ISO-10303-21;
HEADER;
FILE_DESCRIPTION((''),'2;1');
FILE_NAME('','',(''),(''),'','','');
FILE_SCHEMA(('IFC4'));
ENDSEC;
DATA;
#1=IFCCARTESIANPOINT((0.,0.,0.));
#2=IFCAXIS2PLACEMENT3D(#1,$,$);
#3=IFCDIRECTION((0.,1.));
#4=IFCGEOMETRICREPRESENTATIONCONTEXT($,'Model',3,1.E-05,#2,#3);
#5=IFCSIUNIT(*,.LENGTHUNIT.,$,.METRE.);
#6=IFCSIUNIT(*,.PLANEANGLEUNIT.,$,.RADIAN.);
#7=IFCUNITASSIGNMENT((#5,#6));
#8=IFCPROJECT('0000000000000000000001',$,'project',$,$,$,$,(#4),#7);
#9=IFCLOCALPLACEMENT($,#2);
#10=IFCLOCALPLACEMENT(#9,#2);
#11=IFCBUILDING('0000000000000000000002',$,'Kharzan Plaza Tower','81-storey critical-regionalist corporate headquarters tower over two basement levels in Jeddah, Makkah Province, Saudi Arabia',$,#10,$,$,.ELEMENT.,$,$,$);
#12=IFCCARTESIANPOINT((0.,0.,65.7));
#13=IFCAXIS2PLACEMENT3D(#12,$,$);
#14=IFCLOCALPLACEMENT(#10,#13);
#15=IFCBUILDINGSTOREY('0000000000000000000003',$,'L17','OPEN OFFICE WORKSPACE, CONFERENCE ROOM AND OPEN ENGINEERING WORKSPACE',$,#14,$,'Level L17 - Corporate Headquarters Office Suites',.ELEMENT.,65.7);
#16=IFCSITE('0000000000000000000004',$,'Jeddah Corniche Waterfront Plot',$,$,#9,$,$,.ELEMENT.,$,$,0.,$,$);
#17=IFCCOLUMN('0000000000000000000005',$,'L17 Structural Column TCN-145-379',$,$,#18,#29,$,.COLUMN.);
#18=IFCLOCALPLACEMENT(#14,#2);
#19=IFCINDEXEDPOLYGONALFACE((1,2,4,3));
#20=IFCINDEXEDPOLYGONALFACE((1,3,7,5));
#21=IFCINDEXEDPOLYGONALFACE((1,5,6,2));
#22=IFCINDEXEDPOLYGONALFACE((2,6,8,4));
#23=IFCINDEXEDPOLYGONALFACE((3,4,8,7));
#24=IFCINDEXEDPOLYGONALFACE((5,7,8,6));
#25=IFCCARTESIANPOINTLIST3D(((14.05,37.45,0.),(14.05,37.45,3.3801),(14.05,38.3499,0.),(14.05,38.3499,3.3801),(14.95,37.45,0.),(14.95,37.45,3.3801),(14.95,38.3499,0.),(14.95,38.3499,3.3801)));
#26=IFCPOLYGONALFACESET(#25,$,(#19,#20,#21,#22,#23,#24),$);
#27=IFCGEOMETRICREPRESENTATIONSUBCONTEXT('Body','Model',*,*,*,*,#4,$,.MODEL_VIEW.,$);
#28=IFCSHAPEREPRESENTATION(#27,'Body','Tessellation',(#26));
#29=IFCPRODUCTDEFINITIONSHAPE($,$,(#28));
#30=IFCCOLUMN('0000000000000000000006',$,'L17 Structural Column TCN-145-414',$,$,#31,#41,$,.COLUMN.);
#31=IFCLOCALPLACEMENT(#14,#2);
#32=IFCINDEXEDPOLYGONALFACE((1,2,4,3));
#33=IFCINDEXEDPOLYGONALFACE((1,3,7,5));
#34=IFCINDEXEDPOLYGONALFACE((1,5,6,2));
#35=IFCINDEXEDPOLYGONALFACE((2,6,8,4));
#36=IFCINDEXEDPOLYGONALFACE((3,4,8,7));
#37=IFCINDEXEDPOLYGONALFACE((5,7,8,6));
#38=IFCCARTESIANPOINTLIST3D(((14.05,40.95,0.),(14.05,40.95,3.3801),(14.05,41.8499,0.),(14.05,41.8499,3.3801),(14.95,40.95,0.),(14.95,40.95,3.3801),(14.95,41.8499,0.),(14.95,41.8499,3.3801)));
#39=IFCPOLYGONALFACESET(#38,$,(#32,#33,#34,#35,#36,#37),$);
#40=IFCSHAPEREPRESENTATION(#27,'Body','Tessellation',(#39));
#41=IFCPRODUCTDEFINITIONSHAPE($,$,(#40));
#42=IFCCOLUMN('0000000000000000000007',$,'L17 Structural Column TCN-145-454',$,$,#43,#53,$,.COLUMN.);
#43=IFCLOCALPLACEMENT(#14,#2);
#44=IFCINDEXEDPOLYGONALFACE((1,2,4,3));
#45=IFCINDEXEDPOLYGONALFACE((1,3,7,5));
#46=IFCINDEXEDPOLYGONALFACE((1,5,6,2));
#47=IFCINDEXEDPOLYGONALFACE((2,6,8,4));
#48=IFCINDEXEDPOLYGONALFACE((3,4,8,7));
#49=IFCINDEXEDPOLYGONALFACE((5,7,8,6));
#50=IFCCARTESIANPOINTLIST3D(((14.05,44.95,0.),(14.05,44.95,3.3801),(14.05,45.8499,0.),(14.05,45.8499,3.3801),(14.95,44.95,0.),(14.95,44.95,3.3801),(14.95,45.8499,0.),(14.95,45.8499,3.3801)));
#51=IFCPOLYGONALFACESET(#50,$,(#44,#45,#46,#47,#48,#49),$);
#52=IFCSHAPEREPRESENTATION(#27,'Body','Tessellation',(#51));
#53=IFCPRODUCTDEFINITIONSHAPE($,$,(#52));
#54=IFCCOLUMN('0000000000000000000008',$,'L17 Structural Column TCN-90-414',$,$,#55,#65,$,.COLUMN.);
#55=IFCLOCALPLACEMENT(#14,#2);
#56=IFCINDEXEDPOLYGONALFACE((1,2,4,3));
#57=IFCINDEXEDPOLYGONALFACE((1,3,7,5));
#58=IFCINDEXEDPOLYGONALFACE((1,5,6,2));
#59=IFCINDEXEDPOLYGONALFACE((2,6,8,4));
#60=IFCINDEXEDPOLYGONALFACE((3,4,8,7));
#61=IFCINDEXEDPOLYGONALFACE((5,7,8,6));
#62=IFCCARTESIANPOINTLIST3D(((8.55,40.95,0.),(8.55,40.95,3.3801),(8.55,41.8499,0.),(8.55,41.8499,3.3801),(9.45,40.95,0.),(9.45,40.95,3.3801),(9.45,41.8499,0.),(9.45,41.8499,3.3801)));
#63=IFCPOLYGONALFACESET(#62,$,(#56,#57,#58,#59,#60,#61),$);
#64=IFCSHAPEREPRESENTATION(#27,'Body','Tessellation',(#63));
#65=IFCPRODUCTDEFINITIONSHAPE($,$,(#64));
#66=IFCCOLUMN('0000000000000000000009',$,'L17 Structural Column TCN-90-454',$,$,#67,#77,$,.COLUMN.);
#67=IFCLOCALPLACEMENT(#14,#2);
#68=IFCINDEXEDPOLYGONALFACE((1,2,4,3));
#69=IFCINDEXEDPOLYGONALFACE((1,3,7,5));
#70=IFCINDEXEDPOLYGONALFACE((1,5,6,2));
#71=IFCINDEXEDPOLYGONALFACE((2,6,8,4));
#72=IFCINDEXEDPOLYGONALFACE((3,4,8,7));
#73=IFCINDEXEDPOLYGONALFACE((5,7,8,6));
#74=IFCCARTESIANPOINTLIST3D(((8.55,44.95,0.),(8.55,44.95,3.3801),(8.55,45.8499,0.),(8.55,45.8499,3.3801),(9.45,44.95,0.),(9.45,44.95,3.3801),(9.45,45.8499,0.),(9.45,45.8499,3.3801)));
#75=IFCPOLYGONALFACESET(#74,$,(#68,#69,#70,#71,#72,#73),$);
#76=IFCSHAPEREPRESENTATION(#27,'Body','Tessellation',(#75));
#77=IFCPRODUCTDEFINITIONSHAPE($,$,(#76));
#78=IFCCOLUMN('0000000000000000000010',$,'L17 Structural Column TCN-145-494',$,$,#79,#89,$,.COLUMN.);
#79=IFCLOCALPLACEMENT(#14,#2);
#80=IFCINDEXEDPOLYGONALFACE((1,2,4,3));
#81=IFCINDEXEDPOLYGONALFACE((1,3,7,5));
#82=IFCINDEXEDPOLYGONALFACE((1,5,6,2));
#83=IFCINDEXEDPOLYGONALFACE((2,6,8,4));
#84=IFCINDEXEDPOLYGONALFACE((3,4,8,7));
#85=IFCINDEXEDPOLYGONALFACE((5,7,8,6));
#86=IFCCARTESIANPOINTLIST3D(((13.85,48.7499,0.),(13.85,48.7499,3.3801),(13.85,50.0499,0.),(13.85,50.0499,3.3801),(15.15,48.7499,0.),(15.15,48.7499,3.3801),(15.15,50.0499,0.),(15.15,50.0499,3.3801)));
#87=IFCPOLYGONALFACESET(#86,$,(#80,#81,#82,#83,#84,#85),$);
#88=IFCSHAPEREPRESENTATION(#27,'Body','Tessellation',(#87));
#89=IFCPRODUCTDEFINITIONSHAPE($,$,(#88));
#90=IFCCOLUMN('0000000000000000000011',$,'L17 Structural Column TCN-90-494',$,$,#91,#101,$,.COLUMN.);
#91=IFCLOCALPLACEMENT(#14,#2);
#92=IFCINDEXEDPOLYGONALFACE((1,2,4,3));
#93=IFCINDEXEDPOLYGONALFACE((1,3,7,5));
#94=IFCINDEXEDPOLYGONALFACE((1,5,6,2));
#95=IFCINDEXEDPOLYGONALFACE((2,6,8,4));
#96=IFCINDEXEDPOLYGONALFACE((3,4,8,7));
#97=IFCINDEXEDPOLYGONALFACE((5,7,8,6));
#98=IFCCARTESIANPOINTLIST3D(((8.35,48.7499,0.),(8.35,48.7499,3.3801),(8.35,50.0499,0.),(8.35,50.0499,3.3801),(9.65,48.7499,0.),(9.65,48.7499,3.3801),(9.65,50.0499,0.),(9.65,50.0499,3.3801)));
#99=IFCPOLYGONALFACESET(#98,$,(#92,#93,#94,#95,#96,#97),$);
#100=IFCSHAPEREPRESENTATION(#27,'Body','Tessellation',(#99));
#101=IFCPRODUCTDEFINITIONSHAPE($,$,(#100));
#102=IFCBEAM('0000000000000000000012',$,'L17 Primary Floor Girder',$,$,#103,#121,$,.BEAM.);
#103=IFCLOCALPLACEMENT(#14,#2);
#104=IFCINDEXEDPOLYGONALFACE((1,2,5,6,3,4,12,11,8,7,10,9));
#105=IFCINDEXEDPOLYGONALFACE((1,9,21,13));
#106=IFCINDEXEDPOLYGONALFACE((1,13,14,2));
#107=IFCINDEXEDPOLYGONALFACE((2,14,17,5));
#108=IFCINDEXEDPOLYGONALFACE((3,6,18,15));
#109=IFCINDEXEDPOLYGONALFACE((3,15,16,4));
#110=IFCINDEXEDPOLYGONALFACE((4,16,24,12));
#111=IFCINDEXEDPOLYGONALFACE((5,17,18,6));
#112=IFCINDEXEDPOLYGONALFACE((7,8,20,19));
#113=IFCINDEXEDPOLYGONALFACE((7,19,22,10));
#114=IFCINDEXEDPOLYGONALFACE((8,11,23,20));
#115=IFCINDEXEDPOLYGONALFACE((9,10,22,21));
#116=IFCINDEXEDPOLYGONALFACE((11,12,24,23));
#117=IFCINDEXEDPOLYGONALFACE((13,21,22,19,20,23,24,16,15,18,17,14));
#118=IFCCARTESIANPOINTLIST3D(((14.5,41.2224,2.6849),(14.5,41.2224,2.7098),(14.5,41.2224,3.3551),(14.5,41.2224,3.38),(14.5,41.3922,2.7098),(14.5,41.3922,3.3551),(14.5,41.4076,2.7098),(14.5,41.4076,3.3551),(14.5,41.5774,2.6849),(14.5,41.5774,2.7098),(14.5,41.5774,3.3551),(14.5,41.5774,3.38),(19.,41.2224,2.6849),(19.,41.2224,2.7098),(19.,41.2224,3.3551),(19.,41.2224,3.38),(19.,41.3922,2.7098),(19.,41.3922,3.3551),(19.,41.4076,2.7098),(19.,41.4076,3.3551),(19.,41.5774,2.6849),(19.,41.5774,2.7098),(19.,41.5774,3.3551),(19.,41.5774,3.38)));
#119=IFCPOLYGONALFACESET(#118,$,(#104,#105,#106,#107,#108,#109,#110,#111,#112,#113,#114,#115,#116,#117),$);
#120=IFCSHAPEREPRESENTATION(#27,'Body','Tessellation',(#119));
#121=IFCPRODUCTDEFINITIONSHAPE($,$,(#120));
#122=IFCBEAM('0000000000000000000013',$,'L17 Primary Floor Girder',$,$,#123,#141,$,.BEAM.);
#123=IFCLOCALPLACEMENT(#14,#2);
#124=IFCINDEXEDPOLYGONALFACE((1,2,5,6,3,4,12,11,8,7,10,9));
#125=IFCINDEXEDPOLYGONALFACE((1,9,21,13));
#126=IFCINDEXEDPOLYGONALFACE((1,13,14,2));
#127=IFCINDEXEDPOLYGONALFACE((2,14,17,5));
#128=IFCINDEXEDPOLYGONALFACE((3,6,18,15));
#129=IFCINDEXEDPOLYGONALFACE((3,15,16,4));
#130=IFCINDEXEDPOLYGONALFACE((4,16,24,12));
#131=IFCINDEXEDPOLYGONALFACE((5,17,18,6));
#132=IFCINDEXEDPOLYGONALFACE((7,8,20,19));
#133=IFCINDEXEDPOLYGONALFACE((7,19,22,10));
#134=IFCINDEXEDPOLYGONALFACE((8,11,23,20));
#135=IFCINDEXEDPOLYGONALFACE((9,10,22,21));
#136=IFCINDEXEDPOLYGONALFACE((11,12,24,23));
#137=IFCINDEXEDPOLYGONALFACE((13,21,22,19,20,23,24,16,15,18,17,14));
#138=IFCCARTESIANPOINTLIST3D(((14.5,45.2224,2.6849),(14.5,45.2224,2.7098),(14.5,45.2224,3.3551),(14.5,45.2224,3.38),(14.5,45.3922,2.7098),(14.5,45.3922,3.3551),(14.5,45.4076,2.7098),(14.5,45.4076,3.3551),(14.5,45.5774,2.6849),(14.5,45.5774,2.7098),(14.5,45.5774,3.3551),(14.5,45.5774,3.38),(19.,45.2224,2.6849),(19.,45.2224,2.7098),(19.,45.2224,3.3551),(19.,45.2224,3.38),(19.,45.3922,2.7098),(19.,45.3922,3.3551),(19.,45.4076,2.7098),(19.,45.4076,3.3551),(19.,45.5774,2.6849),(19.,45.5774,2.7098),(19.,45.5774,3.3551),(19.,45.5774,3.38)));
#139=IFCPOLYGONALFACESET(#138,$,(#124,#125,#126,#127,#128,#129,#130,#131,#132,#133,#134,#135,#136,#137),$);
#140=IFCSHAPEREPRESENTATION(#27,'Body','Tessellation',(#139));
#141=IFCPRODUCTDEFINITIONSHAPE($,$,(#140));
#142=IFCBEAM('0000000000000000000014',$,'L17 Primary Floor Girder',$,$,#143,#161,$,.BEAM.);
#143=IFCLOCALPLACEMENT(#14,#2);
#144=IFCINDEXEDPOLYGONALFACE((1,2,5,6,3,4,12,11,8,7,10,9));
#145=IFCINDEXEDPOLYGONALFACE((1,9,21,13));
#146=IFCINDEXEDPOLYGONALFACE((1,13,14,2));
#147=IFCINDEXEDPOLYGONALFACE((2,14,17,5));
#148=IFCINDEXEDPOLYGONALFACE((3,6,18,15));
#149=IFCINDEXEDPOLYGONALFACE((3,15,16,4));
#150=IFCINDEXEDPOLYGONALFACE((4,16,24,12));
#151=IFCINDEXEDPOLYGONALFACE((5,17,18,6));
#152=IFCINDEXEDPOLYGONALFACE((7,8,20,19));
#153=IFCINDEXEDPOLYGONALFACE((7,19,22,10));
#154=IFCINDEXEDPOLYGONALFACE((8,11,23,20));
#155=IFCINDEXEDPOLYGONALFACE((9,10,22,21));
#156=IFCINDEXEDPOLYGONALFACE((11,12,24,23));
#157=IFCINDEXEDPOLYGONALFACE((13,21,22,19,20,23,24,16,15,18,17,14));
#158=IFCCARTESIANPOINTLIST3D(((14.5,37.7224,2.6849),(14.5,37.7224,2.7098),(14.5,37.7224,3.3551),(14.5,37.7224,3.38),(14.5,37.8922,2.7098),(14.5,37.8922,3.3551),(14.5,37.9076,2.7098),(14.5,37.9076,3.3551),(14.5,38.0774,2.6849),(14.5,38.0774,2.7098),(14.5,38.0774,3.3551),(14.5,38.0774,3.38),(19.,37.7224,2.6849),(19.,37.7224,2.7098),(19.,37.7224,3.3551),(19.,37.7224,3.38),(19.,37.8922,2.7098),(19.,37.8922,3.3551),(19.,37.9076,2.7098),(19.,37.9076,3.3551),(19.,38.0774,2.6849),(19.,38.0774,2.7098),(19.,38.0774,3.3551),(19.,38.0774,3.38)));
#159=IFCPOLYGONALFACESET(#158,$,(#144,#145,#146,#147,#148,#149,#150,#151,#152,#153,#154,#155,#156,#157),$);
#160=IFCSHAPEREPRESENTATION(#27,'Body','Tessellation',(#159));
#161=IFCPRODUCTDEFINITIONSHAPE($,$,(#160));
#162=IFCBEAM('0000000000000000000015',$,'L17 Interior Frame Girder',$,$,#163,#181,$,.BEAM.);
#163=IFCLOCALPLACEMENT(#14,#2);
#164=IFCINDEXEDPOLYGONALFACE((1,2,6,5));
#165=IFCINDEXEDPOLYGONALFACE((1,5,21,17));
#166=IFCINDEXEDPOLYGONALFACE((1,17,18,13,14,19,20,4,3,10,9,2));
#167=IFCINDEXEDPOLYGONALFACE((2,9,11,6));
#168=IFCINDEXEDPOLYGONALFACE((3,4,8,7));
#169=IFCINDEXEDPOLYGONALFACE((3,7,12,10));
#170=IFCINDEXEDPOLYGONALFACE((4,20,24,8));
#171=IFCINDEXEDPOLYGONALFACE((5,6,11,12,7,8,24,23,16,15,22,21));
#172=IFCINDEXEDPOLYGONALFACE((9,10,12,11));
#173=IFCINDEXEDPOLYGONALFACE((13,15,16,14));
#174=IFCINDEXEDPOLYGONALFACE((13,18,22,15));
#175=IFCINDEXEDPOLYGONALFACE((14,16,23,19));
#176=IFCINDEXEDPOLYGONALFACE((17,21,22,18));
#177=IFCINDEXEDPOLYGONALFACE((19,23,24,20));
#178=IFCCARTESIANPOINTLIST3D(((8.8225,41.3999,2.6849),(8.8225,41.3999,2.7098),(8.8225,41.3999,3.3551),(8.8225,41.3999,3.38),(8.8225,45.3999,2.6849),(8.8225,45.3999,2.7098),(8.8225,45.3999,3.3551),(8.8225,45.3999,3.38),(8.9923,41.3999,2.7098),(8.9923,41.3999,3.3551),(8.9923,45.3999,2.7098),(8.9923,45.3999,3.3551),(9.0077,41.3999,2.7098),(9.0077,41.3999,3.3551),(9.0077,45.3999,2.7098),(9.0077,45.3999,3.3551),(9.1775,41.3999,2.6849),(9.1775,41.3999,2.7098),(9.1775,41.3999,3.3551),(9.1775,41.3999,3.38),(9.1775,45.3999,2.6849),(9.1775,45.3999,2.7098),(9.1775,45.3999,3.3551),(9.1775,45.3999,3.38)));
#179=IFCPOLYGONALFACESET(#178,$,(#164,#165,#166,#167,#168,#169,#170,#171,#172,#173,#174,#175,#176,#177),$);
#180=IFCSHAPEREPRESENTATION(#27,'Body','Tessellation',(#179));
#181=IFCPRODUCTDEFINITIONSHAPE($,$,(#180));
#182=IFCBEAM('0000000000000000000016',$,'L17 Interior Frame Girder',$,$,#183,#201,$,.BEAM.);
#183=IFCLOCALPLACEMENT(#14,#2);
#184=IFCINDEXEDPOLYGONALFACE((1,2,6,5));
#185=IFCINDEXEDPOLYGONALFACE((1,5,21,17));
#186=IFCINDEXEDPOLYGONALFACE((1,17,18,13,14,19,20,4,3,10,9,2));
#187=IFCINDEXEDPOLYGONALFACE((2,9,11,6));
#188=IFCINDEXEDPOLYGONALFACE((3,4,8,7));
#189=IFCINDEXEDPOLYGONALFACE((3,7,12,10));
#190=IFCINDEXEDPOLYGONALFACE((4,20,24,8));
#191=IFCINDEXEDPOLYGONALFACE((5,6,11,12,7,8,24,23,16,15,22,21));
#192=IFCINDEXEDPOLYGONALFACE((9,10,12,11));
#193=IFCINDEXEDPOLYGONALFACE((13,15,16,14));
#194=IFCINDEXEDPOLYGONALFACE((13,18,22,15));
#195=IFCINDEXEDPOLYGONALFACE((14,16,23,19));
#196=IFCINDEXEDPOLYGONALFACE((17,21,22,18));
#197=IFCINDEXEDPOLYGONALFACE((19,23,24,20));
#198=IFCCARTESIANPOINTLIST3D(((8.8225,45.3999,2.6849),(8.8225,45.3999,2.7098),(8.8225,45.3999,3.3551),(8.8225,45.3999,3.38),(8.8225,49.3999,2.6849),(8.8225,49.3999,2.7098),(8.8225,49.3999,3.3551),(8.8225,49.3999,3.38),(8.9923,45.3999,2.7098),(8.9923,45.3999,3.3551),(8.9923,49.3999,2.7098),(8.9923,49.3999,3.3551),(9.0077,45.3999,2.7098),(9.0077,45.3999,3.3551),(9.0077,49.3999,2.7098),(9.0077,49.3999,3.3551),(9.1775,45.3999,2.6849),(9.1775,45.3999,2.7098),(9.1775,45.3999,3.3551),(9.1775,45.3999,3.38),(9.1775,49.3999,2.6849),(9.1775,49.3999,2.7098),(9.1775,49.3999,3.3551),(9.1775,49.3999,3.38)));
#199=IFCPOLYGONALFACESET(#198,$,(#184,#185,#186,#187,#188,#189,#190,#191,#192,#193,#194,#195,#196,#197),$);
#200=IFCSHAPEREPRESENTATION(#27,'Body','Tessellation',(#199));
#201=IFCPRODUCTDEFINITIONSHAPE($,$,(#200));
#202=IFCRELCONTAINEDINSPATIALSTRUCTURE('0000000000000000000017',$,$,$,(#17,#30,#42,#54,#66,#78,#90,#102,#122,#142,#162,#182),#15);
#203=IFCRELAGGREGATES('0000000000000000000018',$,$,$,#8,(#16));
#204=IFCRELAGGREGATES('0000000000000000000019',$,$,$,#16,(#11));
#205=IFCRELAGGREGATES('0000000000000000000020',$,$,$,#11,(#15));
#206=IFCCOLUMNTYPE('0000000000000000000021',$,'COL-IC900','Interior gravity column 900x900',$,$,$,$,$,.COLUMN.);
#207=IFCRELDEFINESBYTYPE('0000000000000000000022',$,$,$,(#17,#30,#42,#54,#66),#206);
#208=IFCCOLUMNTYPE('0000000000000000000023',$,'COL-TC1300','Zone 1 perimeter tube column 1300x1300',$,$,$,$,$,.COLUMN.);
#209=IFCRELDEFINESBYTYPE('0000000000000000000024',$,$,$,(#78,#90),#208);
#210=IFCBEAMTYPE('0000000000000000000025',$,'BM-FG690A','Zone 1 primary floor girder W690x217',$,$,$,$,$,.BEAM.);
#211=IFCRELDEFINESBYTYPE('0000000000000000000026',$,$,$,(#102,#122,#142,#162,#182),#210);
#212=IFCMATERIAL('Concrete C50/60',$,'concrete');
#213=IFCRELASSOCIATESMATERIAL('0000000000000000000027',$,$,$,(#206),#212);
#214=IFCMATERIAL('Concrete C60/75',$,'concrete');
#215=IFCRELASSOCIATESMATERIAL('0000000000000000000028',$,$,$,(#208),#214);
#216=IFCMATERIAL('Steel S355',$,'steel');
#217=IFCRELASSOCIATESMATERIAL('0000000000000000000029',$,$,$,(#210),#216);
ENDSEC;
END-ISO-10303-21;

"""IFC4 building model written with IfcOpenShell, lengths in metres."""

from ifc_helpers import new_model, si_unit, direction, frame, origin, origin_2d, place, context, subcontext, project, spatial, rectangle, i_section, extrude, source, transform, mapped, material, material_profile, profile_set, type_object, element, save


model = new_model("IFC4")

# Units and contexts
model_context = context("Model", 3, precision=1e-05, world=origin(), true_north=direction((0.0, 1.0)))
body_context = subcontext(model_context, "Body", "Model", "MODEL_VIEW")
ifc_project = project(units=[si_unit("LENGTHUNIT", "METRE"), si_unit("PLANEANGLEUNIT", "RADIAN")], contexts=[model_context])

# Site, building, storey
site_placement = place(None, origin())
site = spatial("IfcSite", under=ifc_project, at=site_placement, Name="Jeddah Corniche Waterfront Plot", CompositionType="ELEMENT", RefElevation=0.0)
building_placement = place(site_placement, origin())
building = spatial("IfcBuilding", under=site, at=building_placement, Name="Kharzan Plaza Tower", Description="81-storey critical-regionalist corporate headquarters tower over two basement levels in Jeddah, Makkah Province, Saudi Arabia", CompositionType="ELEMENT")
storey_placement = place(building_placement, frame((0.0, 0.0, 65.7)))
storey = spatial("IfcBuildingStorey", under=building, at=storey_placement, Name="L17", Description="OPEN OFFICE WORKSPACE, CONFERENCE ROOM AND OPEN ENGINEERING WORKSPACE", LongName="Level L17 - Corporate Headquarters Office Suites", CompositionType="ELEMENT", Elevation=65.7)

# Columns
ifc_material_1 = material(Name="Concrete C50/60", Category="concrete")
ifc_material_profile_1 = material_profile(ifc_material_1, rectangle(XDim=0.8999, YDim=0.8999, at=origin_2d()), Name="RC-IC900x900")
ifc_profile_set_1 = profile_set([ifc_material_profile_1], Name="Concrete C50/60")
column_type_1 = type_object("IfcColumnType", Name="COL-IC900", Description="Interior gravity column 900x900", PredefinedType="COLUMN", material=ifc_profile_set_1)
shared_shape_1 = source(origin(), body_context, "Body", "SweptSolid", [
    extrude(rectangle(XDim=0.8999, YDim=0.8999, at=origin_2d()), origin(), (0.0, 0.0, 1.0), 3.3801),
])
for number, where, z_axis, x_axis, name in (
    (1, (14.5, 37.8999, 0.0), (0.0, 0.0, 1.0), (1.0, 0.0, 0.0), "L17 Structural Column TCN-145-379"),
    (2, (14.5, 41.3999, 0.0), (0.0, 0.0, 1.0), (1.0, 0.0, 0.0), "L17 Structural Column TCN-145-414"),
    (3, (14.5, 45.3999, 0.0), (0.0, 0.0, 1.0), (1.0, 0.0, 0.0), "L17 Structural Column TCN-145-454"),
    (4, (9.0, 41.3999, 0.0), (0.0, 0.0, 1.0), (1.0, 0.0, 0.0), "L17 Structural Column TCN-90-414"),
    (5, (9.0, 45.3999, 0.0), (0.0, 0.0, 1.0), (1.0, 0.0, 0.0), "L17 Structural Column TCN-90-454"),
):
    element("IfcColumn", number, at=place(storey_placement, frame(where, z_axis=z_axis, x_axis=x_axis)), inside=storey, type_object=column_type_1, Name=name, PredefinedType="COLUMN", context=body_context, shape_type="MappedRepresentation", body=[
        mapped(shared_shape_1, transform((0.0, 0.0, 0.0), x_axis=(1.0, 0.0, 0.0), y_axis=(0.0, 1.0, 0.0), z_axis=(0.0, 0.0, 1.0))),
    ])
ifc_material_2 = material(Name="Concrete C60/75", Category="concrete")
ifc_material_profile_2 = material_profile(ifc_material_2, rectangle(XDim=1.3, YDim=1.3, at=origin_2d()), Name="RC-TC1300x1300")
ifc_profile_set_2 = profile_set([ifc_material_profile_2], Name="Concrete C60/75")
column_type_2 = type_object("IfcColumnType", Name="COL-TC1300", Description="Zone 1 perimeter tube column 1300x1300", PredefinedType="COLUMN", material=ifc_profile_set_2)
shared_shape_2 = source(origin(), body_context, "Body", "SweptSolid", [
    extrude(rectangle(XDim=1.3, YDim=1.3, at=origin_2d()), origin(), (0.0, 0.0, 1.0), 3.3801),
])
for number, where, z_axis, x_axis, name in (
    (6, (14.5, 49.3999, 0.0), (0.0, 0.0, 1.0), (1.0, 0.0, 0.0), "L17 Structural Column TCN-145-494"),
    (7, (9.0, 49.3999, 0.0), (0.0, 0.0, 1.0), (1.0, 0.0, 0.0), "L17 Structural Column TCN-90-494"),
):
    element("IfcColumn", number, at=place(storey_placement, frame(where, z_axis=z_axis, x_axis=x_axis)), inside=storey, type_object=column_type_2, Name=name, PredefinedType="COLUMN", context=body_context, shape_type="MappedRepresentation", body=[
        mapped(shared_shape_2, transform((0.0, 0.0, 0.0), x_axis=(1.0, 0.0, 0.0), y_axis=(0.0, 1.0, 0.0), z_axis=(0.0, 0.0, 1.0))),
    ])

# Beams
ifc_material_3 = material(Name="Steel S355", Category="steel")
ifc_material_profile_3 = material_profile(ifc_material_3, i_section(OverallWidth=0.355, OverallDepth=0.6951, WebThickness=0.0154, FlangeThickness=0.0249, at=origin_2d()), Name="W690x217")
ifc_profile_set_3 = profile_set([ifc_material_profile_3], Name="Steel S355")
beam_type_1 = type_object("IfcBeamType", Name="BM-FG690A", Description="Zone 1 primary floor girder W690x217", PredefinedType="BEAM", material=ifc_profile_set_3)
shared_shape_3 = source(origin(), body_context, "Body", "SweptSolid", [
    extrude(i_section(OverallWidth=0.355, OverallDepth=0.6951, WebThickness=0.0154, FlangeThickness=0.0249, at=origin_2d()), origin(), (0.0, 0.0, 1.0), 4.5),
])
for number, where, z_axis, x_axis, name in (
    (8, (14.5, 41.3999, 3.0325), (1.0, 0.0, 0.0), (0.0, 1.0, 0.0), "L17 Primary Floor Girder"),
    (9, (14.5, 45.3999, 3.0325), (1.0, 0.0, 0.0), (0.0, 1.0, 0.0), "L17 Primary Floor Girder"),
    (10, (14.5, 37.8999, 3.0325), (1.0, 0.0, 0.0), (0.0, 1.0, 0.0), "L17 Primary Floor Girder"),
):
    element("IfcBeam", number, at=place(storey_placement, frame(where, z_axis=z_axis, x_axis=x_axis)), inside=storey, type_object=beam_type_1, Name=name, PredefinedType="BEAM", context=body_context, shape_type="MappedRepresentation", body=[
        mapped(shared_shape_3, transform((0.0, 0.0, 0.0), x_axis=(1.0, 0.0, 0.0), y_axis=(0.0, 1.0, 0.0), z_axis=(0.0, 0.0, 1.0))),
    ])
shared_shape_4 = source(origin(), body_context, "Body", "SweptSolid", [
    extrude(i_section(OverallWidth=0.355, OverallDepth=0.6951, WebThickness=0.0154, FlangeThickness=0.0249, at=origin_2d()), origin(), (0.0, 0.0, 1.0), 4.0),
])
for number, where, z_axis, x_axis, name in (
    (11, (9.0, 41.3999, 3.0325), (0.0, 1.0, 0.0), (-1.0, 0.0, 0.0), "L17 Interior Frame Girder"),
    (12, (9.0, 45.3999, 3.0325), (0.0, 1.0, 0.0), (-1.0, 0.0, 0.0), "L17 Interior Frame Girder"),
):
    element("IfcBeam", number, at=place(storey_placement, frame(where, z_axis=z_axis, x_axis=x_axis)), inside=storey, type_object=beam_type_1, Name=name, PredefinedType="BEAM", context=body_context, shape_type="MappedRepresentation", body=[
        mapped(shared_shape_4, transform((0.0, 0.0, 0.0), x_axis=(1.0, 0.0, 0.0), y_axis=(0.0, 1.0, 0.0), z_axis=(0.0, 0.0, 1.0))),
    ])

save(model, "model.ifc")
